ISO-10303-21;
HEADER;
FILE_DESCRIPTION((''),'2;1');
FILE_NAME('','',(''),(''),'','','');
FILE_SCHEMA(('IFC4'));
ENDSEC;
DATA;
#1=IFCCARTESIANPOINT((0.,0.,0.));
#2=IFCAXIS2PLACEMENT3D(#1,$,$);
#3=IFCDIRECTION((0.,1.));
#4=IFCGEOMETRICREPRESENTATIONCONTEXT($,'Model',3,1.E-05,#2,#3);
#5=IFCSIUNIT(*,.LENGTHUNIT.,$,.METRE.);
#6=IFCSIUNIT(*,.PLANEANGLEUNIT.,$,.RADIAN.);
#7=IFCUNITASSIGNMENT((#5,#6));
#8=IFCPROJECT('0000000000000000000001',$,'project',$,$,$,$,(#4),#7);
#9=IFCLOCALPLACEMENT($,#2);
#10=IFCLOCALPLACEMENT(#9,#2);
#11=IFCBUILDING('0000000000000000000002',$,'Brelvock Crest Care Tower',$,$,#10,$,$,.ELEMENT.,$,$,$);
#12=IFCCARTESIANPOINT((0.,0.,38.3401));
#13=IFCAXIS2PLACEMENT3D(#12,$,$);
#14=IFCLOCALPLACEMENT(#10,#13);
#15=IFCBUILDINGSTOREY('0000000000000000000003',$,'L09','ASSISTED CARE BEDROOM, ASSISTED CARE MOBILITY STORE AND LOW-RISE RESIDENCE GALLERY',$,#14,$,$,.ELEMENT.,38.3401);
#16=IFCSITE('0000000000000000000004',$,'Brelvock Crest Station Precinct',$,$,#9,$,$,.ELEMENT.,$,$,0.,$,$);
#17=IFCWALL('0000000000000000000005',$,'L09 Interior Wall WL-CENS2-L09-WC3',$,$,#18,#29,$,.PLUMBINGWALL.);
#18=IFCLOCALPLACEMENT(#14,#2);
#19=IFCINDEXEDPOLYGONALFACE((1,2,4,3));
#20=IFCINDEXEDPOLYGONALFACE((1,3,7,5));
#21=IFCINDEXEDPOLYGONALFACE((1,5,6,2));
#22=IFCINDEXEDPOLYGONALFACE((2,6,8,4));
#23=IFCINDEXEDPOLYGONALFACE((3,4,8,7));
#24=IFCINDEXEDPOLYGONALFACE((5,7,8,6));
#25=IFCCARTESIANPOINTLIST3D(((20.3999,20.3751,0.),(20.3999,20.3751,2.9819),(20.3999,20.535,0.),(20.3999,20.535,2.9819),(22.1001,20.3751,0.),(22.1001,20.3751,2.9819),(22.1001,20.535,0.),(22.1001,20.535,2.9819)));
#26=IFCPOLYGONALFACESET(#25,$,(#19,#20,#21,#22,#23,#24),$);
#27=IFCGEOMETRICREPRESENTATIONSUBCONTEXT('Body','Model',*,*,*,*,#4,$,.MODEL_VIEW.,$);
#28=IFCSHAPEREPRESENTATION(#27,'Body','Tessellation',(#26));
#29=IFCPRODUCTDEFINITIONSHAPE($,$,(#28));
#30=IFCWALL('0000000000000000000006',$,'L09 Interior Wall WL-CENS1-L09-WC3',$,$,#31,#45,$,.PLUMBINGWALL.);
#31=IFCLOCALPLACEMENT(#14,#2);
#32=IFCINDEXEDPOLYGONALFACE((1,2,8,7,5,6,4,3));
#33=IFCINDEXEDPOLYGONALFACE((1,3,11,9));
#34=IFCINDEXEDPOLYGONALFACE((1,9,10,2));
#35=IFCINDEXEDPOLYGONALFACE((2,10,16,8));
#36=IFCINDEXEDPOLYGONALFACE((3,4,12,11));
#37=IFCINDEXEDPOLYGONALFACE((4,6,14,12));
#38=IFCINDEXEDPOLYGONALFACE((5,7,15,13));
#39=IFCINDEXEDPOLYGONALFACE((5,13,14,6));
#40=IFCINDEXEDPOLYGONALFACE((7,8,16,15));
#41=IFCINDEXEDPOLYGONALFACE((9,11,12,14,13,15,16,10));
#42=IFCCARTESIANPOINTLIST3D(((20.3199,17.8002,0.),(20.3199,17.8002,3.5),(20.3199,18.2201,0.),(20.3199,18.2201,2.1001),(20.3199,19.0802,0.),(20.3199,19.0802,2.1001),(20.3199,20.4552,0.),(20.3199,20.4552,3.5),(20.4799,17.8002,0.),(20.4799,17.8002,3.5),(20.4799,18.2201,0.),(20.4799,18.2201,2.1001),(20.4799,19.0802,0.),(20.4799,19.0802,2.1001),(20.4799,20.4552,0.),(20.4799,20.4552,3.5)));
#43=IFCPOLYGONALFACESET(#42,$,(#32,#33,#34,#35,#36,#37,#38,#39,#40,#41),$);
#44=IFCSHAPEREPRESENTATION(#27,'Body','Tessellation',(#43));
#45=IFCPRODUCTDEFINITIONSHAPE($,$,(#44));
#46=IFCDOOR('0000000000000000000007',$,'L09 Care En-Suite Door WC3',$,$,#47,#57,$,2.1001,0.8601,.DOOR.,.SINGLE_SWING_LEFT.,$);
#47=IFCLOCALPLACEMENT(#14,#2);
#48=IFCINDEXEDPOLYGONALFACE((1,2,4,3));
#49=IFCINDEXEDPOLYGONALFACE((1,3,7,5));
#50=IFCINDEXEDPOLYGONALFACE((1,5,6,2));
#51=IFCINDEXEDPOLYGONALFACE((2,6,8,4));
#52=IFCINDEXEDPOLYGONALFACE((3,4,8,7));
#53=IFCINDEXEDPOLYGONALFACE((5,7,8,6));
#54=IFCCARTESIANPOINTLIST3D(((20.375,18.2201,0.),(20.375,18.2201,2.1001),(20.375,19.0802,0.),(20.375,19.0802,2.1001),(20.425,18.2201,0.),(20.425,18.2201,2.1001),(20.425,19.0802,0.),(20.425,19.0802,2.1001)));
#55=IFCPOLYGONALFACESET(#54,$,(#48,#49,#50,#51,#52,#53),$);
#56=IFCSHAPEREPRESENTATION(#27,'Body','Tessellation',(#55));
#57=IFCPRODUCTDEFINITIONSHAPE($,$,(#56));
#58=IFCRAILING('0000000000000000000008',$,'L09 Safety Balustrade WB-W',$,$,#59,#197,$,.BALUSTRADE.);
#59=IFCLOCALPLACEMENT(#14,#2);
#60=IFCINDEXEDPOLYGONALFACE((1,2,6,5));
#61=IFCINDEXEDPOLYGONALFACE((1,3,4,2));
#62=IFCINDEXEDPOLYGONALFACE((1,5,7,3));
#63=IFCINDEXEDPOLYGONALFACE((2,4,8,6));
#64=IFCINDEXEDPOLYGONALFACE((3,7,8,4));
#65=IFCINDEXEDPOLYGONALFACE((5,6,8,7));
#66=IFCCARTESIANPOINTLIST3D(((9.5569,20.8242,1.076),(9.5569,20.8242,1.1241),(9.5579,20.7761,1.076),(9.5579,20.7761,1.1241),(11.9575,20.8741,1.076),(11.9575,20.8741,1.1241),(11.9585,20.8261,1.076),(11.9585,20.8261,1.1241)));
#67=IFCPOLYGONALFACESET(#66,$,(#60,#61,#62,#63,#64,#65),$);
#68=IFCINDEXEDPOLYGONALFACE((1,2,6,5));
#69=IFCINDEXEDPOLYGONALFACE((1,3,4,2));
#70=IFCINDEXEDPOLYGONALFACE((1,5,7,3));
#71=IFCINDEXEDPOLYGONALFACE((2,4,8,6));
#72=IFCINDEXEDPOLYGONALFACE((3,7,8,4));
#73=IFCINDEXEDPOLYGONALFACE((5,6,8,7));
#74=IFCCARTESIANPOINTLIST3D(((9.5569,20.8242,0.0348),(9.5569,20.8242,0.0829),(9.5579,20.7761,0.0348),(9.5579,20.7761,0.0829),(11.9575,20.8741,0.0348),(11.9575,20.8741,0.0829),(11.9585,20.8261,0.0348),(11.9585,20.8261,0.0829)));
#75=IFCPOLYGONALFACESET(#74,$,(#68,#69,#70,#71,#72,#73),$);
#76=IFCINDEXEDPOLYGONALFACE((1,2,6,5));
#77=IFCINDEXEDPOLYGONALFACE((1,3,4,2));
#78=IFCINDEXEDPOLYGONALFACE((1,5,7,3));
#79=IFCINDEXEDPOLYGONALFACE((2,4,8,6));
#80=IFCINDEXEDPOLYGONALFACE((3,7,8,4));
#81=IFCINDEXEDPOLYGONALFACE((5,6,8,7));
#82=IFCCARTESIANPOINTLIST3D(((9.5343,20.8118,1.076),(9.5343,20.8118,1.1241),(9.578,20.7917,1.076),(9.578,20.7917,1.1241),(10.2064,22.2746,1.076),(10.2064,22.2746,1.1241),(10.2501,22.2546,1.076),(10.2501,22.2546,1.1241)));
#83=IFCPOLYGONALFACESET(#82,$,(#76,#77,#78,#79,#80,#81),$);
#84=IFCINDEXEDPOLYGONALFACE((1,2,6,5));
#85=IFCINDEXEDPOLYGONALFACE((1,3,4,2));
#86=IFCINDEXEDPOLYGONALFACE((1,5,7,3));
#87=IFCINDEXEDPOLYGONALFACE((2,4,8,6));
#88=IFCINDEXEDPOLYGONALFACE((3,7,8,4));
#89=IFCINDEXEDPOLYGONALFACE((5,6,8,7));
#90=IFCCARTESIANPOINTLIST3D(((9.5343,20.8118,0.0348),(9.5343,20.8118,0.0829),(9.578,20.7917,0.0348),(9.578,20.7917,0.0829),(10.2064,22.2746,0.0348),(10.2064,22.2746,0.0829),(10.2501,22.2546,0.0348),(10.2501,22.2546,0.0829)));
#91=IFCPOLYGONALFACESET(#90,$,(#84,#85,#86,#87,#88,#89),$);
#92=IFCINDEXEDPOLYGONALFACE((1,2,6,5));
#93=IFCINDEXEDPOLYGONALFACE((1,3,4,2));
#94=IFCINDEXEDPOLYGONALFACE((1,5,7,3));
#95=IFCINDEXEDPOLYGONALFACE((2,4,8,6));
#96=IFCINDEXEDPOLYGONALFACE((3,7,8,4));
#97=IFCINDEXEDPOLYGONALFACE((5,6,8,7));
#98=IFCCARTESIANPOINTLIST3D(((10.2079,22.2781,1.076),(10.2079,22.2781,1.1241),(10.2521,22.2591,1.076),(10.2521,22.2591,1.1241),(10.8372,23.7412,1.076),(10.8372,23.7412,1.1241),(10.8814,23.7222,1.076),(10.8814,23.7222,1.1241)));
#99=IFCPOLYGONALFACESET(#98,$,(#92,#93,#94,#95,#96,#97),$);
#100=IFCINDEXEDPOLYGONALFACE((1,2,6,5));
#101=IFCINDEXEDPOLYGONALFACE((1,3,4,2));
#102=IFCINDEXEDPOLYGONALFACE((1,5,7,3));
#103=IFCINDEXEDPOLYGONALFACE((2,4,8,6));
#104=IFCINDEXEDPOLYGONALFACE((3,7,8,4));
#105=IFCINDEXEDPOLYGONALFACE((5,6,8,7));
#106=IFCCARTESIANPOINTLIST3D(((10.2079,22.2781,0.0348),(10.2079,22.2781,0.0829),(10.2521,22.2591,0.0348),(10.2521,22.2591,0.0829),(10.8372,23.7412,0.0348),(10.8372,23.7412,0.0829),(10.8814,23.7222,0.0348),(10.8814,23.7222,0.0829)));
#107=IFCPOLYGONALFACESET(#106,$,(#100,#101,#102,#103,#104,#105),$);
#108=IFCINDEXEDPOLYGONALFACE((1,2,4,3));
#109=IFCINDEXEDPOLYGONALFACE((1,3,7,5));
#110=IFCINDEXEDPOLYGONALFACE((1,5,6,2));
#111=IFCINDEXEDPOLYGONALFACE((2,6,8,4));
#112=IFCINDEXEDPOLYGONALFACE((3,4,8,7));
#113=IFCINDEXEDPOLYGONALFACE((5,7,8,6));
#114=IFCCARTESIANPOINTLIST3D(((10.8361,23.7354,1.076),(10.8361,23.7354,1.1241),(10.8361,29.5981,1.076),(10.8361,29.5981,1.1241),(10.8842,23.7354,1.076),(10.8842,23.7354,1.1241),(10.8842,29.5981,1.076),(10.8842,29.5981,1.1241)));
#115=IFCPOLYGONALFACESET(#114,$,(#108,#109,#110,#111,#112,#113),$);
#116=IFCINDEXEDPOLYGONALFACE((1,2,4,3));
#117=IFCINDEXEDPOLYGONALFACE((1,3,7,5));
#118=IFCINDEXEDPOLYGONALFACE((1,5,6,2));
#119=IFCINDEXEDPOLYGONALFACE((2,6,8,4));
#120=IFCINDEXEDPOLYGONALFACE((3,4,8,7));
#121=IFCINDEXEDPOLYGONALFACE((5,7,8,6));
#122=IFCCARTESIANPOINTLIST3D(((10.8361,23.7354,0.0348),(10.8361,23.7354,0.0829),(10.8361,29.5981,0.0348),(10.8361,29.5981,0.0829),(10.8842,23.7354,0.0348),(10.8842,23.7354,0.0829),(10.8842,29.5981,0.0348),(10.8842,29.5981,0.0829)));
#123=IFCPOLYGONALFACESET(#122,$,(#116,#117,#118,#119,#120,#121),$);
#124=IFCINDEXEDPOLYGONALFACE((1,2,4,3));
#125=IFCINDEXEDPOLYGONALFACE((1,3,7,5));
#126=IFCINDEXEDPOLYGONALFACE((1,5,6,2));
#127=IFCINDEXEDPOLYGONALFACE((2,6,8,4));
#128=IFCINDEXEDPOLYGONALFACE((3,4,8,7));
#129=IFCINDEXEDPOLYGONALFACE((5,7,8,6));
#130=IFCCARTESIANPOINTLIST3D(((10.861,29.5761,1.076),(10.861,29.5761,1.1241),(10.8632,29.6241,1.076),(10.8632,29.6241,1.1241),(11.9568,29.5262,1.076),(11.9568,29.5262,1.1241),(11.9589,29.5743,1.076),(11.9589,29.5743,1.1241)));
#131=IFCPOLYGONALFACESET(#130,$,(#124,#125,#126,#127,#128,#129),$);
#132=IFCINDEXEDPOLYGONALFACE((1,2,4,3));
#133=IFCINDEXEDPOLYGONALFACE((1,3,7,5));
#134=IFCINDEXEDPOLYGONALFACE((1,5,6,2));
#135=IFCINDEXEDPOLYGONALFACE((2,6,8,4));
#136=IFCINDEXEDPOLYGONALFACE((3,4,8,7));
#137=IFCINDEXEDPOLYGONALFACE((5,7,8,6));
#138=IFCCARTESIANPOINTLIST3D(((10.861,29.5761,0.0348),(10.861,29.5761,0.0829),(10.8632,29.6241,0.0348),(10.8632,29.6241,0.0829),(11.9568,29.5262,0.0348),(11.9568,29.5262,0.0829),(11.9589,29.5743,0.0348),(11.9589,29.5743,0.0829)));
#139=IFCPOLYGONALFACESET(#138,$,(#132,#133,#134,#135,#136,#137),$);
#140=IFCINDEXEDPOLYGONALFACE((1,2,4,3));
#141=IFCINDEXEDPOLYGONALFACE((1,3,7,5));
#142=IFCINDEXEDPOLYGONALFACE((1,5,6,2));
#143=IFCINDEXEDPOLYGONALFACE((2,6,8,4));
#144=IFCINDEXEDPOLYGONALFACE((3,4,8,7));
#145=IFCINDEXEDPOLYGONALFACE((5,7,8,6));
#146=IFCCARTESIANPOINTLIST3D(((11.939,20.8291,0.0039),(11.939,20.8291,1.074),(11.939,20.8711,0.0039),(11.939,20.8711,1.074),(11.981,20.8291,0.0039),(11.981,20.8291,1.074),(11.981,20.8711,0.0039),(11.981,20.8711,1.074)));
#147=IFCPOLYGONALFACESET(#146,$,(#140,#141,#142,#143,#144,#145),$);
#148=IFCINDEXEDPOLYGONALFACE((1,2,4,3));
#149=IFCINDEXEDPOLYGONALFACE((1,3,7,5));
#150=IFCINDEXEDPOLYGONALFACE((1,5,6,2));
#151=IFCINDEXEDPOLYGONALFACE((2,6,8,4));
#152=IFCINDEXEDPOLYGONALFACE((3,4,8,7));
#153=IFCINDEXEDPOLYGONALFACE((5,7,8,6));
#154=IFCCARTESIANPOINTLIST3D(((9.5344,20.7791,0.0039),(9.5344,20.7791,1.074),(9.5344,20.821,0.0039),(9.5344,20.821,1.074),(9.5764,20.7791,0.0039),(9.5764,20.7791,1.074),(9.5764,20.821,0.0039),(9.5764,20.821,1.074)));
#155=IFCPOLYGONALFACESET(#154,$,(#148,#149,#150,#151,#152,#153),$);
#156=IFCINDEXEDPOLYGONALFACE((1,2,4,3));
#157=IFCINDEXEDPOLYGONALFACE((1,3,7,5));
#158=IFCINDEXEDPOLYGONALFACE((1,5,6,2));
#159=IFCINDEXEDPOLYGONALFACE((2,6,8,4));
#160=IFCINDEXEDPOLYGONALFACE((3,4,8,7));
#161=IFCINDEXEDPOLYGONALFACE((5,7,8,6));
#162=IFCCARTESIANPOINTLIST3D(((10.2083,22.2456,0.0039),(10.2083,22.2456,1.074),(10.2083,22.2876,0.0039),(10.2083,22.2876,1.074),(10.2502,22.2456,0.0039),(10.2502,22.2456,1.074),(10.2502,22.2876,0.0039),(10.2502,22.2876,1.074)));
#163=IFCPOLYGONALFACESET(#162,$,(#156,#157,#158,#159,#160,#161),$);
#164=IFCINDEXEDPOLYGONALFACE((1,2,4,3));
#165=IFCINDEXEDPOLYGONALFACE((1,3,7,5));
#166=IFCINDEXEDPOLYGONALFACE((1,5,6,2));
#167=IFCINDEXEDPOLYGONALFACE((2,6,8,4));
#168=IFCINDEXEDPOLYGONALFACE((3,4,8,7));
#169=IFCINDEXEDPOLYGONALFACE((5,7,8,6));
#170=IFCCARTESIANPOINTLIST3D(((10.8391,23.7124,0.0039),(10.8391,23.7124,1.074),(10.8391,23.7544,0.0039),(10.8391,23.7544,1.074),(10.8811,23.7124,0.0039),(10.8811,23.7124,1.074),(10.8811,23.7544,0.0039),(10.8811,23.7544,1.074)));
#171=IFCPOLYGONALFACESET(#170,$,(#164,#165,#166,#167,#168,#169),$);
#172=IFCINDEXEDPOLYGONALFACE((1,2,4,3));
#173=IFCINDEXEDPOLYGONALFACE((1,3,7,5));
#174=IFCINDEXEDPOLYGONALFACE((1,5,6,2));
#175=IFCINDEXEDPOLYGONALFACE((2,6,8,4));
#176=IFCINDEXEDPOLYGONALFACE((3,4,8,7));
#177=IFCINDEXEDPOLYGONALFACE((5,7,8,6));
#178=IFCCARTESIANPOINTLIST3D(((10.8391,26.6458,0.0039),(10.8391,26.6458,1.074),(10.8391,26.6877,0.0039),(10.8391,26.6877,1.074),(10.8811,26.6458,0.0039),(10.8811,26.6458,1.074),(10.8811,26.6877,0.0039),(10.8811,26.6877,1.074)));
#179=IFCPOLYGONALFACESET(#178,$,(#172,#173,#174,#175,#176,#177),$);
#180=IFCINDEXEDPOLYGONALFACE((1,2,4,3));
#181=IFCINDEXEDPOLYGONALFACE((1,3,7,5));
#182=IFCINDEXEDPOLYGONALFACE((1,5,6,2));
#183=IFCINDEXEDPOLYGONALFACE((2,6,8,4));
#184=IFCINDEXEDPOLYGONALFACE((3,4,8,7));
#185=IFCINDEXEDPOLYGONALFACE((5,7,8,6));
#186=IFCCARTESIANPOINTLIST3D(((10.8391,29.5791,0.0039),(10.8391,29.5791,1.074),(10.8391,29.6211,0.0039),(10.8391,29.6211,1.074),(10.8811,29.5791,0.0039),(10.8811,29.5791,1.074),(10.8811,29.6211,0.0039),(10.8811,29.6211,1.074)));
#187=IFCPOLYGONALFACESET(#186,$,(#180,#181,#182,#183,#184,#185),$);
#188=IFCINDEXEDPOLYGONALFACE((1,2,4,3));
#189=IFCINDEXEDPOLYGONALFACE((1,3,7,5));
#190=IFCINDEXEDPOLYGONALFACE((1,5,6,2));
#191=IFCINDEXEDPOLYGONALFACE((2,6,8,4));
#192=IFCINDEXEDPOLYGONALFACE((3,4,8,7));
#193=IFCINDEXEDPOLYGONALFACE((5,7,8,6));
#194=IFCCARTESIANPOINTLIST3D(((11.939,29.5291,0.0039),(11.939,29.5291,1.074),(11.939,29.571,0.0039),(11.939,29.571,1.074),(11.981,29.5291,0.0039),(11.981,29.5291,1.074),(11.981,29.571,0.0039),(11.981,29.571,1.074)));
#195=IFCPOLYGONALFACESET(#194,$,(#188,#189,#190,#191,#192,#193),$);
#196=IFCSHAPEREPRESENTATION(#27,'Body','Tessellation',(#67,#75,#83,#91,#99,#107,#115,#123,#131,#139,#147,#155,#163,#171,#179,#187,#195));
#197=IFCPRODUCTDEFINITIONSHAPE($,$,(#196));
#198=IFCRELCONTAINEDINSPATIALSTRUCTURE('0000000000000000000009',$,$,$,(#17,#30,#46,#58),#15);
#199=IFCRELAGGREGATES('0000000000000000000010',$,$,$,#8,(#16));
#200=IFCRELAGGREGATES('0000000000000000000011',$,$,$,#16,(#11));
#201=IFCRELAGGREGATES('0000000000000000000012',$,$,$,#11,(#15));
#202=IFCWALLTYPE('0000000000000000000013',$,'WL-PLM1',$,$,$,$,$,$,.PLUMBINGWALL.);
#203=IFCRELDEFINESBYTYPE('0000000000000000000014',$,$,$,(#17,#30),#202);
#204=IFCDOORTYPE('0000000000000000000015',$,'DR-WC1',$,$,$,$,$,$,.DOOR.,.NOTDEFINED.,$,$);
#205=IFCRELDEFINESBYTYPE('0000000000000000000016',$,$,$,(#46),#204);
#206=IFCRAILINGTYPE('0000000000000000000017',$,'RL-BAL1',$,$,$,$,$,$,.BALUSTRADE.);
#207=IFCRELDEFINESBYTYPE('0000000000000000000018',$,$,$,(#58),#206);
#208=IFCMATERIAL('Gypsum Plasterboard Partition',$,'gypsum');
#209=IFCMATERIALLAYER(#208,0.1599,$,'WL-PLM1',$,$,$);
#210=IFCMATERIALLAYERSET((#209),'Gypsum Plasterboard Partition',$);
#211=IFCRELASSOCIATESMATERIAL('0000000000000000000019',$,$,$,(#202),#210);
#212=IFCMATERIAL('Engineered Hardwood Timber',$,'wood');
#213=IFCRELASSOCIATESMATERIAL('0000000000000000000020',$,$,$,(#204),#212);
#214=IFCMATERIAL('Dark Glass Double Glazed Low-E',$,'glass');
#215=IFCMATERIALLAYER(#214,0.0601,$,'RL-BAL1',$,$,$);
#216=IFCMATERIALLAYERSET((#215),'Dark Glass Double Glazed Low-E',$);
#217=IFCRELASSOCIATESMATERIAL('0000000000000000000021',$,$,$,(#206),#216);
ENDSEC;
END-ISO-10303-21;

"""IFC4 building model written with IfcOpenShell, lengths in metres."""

from ifc_helpers import new_model, si_unit, direction, frame, frame_2d, origin, origin_2d, place, context, subcontext, project, spatial, rectangle, extrude, source, transform, mapped, material, layer, layer_set, type_object, element, fill, save


model = new_model("IFC4")

# Units and contexts
model_context = context("Model", 3, precision=1e-05, world=origin(), true_north=direction((0.0, 1.0)))
body_context = subcontext(model_context, "Body", "Model", "MODEL_VIEW")
ifc_project = project(units=[si_unit("LENGTHUNIT", "METRE"), si_unit("PLANEANGLEUNIT", "RADIAN")], contexts=[model_context])

# Site, building, storey
site_placement = place(None, origin())
site = spatial("IfcSite", under=ifc_project, at=site_placement, Name="Brelvock Crest Station Precinct", CompositionType="ELEMENT", RefElevation=0.0)
building_placement = place(site_placement, origin())
building = spatial("IfcBuilding", under=site, at=building_placement, Name="Brelvock Crest Care Tower", CompositionType="ELEMENT")
storey_placement = place(building_placement, frame((0.0, 0.0, 38.3401)))
storey = spatial("IfcBuildingStorey", under=building, at=storey_placement, Name="L09", Description="ASSISTED CARE BEDROOM, ASSISTED CARE MOBILITY STORE AND LOW-RISE RESIDENCE GALLERY", CompositionType="ELEMENT", Elevation=38.3401)

# Shared definitions
ifc_material_1 = material(Name="Dark Glass Double Glazed Low-E", Category="glass")

# Shared definitions
ifc_material_2 = material(Name="Engineered Hardwood Timber", Category="wood")

# Wall
ifc_material_3 = material(Name="Gypsum Plasterboard Partition", Category="gypsum")
ifc_layer_1 = layer(ifc_material_3, 0.1599, Name="WL-PLM1")
ifc_layer_set_1 = layer_set([ifc_layer_1], Name="Gypsum Plasterboard Partition")
wall_type_1 = type_object("IfcWallType", Name="WL-PLM1", PredefinedType="PLUMBINGWALL", material=ifc_layer_set_1)
wall_1_placement = place(storey_placement, frame((20.3999, 20.4551, 0.0), z_axis=(0.0, 0.0, 1.0), x_axis=(1.0, 0.0, 0.0)))
element("IfcWall", 1, at=wall_1_placement, inside=storey, type_object=wall_type_1, Name="L09 Interior Wall WL-CENS2-L09-WC3", PredefinedType="PLUMBINGWALL", context=body_context, shape_type="SweptSolid", body=[
    extrude(rectangle(XDim=1.7002, YDim=0.1599, at=frame_2d((0.8501, 0.0))), origin(), (0.0, 0.0, 1.0), 2.9819),
])

# Wall, opening, door
wall_2_placement = place(storey_placement, frame((20.3999, 17.8, 0.0), z_axis=(0.0, 0.0, 1.0), x_axis=(0.0, 1.0, 0.0)))
wall_2 = element("IfcWall", 2, at=wall_2_placement, inside=storey, type_object=wall_type_1, Name="L09 Interior Wall WL-CENS1-L09-WC3", PredefinedType="PLUMBINGWALL", context=body_context, shape_type="SweptSolid", body=[
    extrude(rectangle(XDim=2.655, YDim=0.1599, at=frame_2d((1.3276, 0.0))), origin(), (0.0, 0.0, 1.0), 3.5),
])
opening_1_placement = place(wall_2_placement, frame((0.4199, 0.0, 0.0)))
opening_1 = element("IfcOpeningElement", 3, at=opening_1_placement, cuts=wall_2, PredefinedType="OPENING", context=body_context, shape_type="SweptSolid", body=[
    extrude(rectangle(XDim=0.8601, YDim=2.1001, at=origin_2d()), frame((0.4302, 0.0898, 1.05), z_axis=(0.0, -1.0, 0.0), x_axis=(1.0, 0.0, 0.0)), (0.0, 0.0, 1.0), 0.1799),
])
door_type_1 = type_object("IfcDoorType", Name="DR-WC1", OperationType="NOTDEFINED", PredefinedType="DOOR", material=ifc_material_2)
shared_shape_1 = source(origin(), body_context, "Body", "SweptSolid", [
    extrude(rectangle(XDim=0.8601, YDim=2.1001, at=origin_2d()), frame((0.4302, 0.0249, 1.05), z_axis=(0.0, -1.0, 0.0), x_axis=(1.0, 0.0, 0.0)), (0.0, 0.0, 1.0), 0.05),
])
door_1_placement = place(opening_1_placement, origin())
door_1 = element("IfcDoor", 4, at=door_1_placement, inside=storey, type_object=door_type_1, Name="L09 Care En-Suite Door WC3", OperationType="SINGLE_SWING_LEFT", OverallHeight=2.1001, OverallWidth=0.8601, PredefinedType="DOOR", context=body_context, shape_type="MappedRepresentation", body=[
    mapped(shared_shape_1, transform((0.0, 0.0, 0.0), x_axis=(1.0, 0.0, 0.0), y_axis=(0.0, 1.0, 0.0), z_axis=(0.0, 0.0, 1.0), scale=1.0)),
])
fill(opening_1, door_1)

# Railing
ifc_layer_2 = layer(ifc_material_1, 0.0601, Name="RL-BAL1")
ifc_layer_set_2 = layer_set([ifc_layer_2], Name="Dark Glass Double Glazed Low-E")
railing_type = type_object("IfcRailingType", Name="RL-BAL1", PredefinedType="BALUSTRADE", material=ifc_layer_set_2)
railing_placement = place(storey_placement, frame((11.96, 20.8501, 0.0039)))
element("IfcRailing", 5, at=railing_placement, inside=storey, type_object=railing_type, Name="L09 Safety Balustrade WB-W", PredefinedType="BALUSTRADE", context=body_context, shape_type="SweptSolid", body=[
    extrude(rectangle(XDim=0.0481, YDim=0.0481, at=origin_2d()), frame((-0.002, 0.0, 1.0962), z_axis=(-0.999783, -0.02081, 0.0), x_axis=(0.02081, -0.999783, 0.0)), (0.0, 0.0, 1.0), 2.4011),
    extrude(rectangle(XDim=0.0481, YDim=0.0481, at=origin_2d()), frame((-0.002, 0.0, 0.0549), z_axis=(-0.999783, -0.02081, 0.0), x_axis=(0.02081, -0.999783, 0.0)), (0.0, 0.0, 1.0), 2.4011),
    extrude(rectangle(XDim=0.0481, YDim=0.0481, at=origin_2d()), frame((-2.4038, -0.0483, 1.0962), z_axis=(0.417504, 0.908675, 0.0), x_axis=(-0.908675, 0.417504, 0.0)), (0.0, 0.0, 1.0), 1.6099),
    extrude(rectangle(XDim=0.0481, YDim=0.0481, at=origin_2d()), frame((-2.4038, -0.0483, 0.0549), z_axis=(0.417504, 0.908675, 0.0), x_axis=(-0.908675, 0.417504, 0.0)), (0.0, 0.0, 1.0), 1.6099),
    extrude(rectangle(XDim=0.0481, YDim=0.0481, at=origin_2d()), frame((-1.73, 1.4185, 1.0962), z_axis=(0.3951, 0.918638, 0.0), x_axis=(-0.918638, 0.3951, 0.0)), (0.0, 0.0, 1.0), 1.5928),
    extrude(rectangle(XDim=0.0481, YDim=0.0481, at=origin_2d()), frame((-1.73, 1.4185, 0.0549), z_axis=(0.3951, 0.918638, 0.0), x_axis=(-0.918638, 0.3951, 0.0)), (0.0, 0.0, 1.0), 1.5928),
    extrude(rectangle(XDim=0.0481, YDim=0.0481, at=origin_2d()), frame((-1.0999, 2.8853, 1.0962), z_axis=(0.0, 1.0, 0.0), x_axis=(-1.0, 0.0, 0.0)), (0.0, 0.0, 1.0), 5.8628),
    extrude(rectangle(XDim=0.0481, YDim=0.0481, at=origin_2d()), frame((-1.0999, 2.8853, 0.0549), z_axis=(0.0, 1.0, 0.0), x_axis=(-1.0, 0.0, 0.0)), (0.0, 0.0, 1.0), 5.8628),
    extrude(rectangle(XDim=0.0481, YDim=0.0481, at=origin_2d()), frame((-1.0979, 8.75, 1.0962), z_axis=(0.998966, -0.045458, 0.0), x_axis=(0.045458, 0.998966, 0.0)), (0.0, 0.0, 1.0), 1.0969),
    extrude(rectangle(XDim=0.0481, YDim=0.0481, at=origin_2d()), frame((-1.0979, 8.75, 0.0549), z_axis=(0.998966, -0.045458, 0.0), x_axis=(0.045458, 0.998966, 0.0)), (0.0, 0.0, 1.0), 1.0969),
    extrude(rectangle(XDim=0.042, YDim=0.042, at=origin_2d()), origin(), (0.0, 0.0, 1.0), 1.0701),
    extrude(rectangle(XDim=0.042, YDim=0.042, at=origin_2d()), frame((-2.4045, -0.05, 0.0)), (0.0, 0.0, 1.0), 1.0701),
    extrude(rectangle(XDim=0.042, YDim=0.042, at=origin_2d()), frame((-1.7307, 1.4165, 0.0)), (0.0, 0.0, 1.0), 1.0701),
    extrude(rectangle(XDim=0.042, YDim=0.042, at=origin_2d()), frame((-1.0999, 2.8833, 0.0)), (0.0, 0.0, 1.0), 1.0701),
    extrude(rectangle(XDim=0.042, YDim=0.042, at=origin_2d()), frame((-1.0999, 5.8167, 0.0)), (0.0, 0.0, 1.0), 1.0701),
    extrude(rectangle(XDim=0.042, YDim=0.042, at=origin_2d()), frame((-1.0999, 8.75, 0.0)), (0.0, 0.0, 1.0), 1.0701),
    extrude(rectangle(XDim=0.042, YDim=0.042, at=origin_2d()), frame((0.0, 8.7, 0.0)), (0.0, 0.0, 1.0), 1.0701),
])

save(model, "model.ifc")
